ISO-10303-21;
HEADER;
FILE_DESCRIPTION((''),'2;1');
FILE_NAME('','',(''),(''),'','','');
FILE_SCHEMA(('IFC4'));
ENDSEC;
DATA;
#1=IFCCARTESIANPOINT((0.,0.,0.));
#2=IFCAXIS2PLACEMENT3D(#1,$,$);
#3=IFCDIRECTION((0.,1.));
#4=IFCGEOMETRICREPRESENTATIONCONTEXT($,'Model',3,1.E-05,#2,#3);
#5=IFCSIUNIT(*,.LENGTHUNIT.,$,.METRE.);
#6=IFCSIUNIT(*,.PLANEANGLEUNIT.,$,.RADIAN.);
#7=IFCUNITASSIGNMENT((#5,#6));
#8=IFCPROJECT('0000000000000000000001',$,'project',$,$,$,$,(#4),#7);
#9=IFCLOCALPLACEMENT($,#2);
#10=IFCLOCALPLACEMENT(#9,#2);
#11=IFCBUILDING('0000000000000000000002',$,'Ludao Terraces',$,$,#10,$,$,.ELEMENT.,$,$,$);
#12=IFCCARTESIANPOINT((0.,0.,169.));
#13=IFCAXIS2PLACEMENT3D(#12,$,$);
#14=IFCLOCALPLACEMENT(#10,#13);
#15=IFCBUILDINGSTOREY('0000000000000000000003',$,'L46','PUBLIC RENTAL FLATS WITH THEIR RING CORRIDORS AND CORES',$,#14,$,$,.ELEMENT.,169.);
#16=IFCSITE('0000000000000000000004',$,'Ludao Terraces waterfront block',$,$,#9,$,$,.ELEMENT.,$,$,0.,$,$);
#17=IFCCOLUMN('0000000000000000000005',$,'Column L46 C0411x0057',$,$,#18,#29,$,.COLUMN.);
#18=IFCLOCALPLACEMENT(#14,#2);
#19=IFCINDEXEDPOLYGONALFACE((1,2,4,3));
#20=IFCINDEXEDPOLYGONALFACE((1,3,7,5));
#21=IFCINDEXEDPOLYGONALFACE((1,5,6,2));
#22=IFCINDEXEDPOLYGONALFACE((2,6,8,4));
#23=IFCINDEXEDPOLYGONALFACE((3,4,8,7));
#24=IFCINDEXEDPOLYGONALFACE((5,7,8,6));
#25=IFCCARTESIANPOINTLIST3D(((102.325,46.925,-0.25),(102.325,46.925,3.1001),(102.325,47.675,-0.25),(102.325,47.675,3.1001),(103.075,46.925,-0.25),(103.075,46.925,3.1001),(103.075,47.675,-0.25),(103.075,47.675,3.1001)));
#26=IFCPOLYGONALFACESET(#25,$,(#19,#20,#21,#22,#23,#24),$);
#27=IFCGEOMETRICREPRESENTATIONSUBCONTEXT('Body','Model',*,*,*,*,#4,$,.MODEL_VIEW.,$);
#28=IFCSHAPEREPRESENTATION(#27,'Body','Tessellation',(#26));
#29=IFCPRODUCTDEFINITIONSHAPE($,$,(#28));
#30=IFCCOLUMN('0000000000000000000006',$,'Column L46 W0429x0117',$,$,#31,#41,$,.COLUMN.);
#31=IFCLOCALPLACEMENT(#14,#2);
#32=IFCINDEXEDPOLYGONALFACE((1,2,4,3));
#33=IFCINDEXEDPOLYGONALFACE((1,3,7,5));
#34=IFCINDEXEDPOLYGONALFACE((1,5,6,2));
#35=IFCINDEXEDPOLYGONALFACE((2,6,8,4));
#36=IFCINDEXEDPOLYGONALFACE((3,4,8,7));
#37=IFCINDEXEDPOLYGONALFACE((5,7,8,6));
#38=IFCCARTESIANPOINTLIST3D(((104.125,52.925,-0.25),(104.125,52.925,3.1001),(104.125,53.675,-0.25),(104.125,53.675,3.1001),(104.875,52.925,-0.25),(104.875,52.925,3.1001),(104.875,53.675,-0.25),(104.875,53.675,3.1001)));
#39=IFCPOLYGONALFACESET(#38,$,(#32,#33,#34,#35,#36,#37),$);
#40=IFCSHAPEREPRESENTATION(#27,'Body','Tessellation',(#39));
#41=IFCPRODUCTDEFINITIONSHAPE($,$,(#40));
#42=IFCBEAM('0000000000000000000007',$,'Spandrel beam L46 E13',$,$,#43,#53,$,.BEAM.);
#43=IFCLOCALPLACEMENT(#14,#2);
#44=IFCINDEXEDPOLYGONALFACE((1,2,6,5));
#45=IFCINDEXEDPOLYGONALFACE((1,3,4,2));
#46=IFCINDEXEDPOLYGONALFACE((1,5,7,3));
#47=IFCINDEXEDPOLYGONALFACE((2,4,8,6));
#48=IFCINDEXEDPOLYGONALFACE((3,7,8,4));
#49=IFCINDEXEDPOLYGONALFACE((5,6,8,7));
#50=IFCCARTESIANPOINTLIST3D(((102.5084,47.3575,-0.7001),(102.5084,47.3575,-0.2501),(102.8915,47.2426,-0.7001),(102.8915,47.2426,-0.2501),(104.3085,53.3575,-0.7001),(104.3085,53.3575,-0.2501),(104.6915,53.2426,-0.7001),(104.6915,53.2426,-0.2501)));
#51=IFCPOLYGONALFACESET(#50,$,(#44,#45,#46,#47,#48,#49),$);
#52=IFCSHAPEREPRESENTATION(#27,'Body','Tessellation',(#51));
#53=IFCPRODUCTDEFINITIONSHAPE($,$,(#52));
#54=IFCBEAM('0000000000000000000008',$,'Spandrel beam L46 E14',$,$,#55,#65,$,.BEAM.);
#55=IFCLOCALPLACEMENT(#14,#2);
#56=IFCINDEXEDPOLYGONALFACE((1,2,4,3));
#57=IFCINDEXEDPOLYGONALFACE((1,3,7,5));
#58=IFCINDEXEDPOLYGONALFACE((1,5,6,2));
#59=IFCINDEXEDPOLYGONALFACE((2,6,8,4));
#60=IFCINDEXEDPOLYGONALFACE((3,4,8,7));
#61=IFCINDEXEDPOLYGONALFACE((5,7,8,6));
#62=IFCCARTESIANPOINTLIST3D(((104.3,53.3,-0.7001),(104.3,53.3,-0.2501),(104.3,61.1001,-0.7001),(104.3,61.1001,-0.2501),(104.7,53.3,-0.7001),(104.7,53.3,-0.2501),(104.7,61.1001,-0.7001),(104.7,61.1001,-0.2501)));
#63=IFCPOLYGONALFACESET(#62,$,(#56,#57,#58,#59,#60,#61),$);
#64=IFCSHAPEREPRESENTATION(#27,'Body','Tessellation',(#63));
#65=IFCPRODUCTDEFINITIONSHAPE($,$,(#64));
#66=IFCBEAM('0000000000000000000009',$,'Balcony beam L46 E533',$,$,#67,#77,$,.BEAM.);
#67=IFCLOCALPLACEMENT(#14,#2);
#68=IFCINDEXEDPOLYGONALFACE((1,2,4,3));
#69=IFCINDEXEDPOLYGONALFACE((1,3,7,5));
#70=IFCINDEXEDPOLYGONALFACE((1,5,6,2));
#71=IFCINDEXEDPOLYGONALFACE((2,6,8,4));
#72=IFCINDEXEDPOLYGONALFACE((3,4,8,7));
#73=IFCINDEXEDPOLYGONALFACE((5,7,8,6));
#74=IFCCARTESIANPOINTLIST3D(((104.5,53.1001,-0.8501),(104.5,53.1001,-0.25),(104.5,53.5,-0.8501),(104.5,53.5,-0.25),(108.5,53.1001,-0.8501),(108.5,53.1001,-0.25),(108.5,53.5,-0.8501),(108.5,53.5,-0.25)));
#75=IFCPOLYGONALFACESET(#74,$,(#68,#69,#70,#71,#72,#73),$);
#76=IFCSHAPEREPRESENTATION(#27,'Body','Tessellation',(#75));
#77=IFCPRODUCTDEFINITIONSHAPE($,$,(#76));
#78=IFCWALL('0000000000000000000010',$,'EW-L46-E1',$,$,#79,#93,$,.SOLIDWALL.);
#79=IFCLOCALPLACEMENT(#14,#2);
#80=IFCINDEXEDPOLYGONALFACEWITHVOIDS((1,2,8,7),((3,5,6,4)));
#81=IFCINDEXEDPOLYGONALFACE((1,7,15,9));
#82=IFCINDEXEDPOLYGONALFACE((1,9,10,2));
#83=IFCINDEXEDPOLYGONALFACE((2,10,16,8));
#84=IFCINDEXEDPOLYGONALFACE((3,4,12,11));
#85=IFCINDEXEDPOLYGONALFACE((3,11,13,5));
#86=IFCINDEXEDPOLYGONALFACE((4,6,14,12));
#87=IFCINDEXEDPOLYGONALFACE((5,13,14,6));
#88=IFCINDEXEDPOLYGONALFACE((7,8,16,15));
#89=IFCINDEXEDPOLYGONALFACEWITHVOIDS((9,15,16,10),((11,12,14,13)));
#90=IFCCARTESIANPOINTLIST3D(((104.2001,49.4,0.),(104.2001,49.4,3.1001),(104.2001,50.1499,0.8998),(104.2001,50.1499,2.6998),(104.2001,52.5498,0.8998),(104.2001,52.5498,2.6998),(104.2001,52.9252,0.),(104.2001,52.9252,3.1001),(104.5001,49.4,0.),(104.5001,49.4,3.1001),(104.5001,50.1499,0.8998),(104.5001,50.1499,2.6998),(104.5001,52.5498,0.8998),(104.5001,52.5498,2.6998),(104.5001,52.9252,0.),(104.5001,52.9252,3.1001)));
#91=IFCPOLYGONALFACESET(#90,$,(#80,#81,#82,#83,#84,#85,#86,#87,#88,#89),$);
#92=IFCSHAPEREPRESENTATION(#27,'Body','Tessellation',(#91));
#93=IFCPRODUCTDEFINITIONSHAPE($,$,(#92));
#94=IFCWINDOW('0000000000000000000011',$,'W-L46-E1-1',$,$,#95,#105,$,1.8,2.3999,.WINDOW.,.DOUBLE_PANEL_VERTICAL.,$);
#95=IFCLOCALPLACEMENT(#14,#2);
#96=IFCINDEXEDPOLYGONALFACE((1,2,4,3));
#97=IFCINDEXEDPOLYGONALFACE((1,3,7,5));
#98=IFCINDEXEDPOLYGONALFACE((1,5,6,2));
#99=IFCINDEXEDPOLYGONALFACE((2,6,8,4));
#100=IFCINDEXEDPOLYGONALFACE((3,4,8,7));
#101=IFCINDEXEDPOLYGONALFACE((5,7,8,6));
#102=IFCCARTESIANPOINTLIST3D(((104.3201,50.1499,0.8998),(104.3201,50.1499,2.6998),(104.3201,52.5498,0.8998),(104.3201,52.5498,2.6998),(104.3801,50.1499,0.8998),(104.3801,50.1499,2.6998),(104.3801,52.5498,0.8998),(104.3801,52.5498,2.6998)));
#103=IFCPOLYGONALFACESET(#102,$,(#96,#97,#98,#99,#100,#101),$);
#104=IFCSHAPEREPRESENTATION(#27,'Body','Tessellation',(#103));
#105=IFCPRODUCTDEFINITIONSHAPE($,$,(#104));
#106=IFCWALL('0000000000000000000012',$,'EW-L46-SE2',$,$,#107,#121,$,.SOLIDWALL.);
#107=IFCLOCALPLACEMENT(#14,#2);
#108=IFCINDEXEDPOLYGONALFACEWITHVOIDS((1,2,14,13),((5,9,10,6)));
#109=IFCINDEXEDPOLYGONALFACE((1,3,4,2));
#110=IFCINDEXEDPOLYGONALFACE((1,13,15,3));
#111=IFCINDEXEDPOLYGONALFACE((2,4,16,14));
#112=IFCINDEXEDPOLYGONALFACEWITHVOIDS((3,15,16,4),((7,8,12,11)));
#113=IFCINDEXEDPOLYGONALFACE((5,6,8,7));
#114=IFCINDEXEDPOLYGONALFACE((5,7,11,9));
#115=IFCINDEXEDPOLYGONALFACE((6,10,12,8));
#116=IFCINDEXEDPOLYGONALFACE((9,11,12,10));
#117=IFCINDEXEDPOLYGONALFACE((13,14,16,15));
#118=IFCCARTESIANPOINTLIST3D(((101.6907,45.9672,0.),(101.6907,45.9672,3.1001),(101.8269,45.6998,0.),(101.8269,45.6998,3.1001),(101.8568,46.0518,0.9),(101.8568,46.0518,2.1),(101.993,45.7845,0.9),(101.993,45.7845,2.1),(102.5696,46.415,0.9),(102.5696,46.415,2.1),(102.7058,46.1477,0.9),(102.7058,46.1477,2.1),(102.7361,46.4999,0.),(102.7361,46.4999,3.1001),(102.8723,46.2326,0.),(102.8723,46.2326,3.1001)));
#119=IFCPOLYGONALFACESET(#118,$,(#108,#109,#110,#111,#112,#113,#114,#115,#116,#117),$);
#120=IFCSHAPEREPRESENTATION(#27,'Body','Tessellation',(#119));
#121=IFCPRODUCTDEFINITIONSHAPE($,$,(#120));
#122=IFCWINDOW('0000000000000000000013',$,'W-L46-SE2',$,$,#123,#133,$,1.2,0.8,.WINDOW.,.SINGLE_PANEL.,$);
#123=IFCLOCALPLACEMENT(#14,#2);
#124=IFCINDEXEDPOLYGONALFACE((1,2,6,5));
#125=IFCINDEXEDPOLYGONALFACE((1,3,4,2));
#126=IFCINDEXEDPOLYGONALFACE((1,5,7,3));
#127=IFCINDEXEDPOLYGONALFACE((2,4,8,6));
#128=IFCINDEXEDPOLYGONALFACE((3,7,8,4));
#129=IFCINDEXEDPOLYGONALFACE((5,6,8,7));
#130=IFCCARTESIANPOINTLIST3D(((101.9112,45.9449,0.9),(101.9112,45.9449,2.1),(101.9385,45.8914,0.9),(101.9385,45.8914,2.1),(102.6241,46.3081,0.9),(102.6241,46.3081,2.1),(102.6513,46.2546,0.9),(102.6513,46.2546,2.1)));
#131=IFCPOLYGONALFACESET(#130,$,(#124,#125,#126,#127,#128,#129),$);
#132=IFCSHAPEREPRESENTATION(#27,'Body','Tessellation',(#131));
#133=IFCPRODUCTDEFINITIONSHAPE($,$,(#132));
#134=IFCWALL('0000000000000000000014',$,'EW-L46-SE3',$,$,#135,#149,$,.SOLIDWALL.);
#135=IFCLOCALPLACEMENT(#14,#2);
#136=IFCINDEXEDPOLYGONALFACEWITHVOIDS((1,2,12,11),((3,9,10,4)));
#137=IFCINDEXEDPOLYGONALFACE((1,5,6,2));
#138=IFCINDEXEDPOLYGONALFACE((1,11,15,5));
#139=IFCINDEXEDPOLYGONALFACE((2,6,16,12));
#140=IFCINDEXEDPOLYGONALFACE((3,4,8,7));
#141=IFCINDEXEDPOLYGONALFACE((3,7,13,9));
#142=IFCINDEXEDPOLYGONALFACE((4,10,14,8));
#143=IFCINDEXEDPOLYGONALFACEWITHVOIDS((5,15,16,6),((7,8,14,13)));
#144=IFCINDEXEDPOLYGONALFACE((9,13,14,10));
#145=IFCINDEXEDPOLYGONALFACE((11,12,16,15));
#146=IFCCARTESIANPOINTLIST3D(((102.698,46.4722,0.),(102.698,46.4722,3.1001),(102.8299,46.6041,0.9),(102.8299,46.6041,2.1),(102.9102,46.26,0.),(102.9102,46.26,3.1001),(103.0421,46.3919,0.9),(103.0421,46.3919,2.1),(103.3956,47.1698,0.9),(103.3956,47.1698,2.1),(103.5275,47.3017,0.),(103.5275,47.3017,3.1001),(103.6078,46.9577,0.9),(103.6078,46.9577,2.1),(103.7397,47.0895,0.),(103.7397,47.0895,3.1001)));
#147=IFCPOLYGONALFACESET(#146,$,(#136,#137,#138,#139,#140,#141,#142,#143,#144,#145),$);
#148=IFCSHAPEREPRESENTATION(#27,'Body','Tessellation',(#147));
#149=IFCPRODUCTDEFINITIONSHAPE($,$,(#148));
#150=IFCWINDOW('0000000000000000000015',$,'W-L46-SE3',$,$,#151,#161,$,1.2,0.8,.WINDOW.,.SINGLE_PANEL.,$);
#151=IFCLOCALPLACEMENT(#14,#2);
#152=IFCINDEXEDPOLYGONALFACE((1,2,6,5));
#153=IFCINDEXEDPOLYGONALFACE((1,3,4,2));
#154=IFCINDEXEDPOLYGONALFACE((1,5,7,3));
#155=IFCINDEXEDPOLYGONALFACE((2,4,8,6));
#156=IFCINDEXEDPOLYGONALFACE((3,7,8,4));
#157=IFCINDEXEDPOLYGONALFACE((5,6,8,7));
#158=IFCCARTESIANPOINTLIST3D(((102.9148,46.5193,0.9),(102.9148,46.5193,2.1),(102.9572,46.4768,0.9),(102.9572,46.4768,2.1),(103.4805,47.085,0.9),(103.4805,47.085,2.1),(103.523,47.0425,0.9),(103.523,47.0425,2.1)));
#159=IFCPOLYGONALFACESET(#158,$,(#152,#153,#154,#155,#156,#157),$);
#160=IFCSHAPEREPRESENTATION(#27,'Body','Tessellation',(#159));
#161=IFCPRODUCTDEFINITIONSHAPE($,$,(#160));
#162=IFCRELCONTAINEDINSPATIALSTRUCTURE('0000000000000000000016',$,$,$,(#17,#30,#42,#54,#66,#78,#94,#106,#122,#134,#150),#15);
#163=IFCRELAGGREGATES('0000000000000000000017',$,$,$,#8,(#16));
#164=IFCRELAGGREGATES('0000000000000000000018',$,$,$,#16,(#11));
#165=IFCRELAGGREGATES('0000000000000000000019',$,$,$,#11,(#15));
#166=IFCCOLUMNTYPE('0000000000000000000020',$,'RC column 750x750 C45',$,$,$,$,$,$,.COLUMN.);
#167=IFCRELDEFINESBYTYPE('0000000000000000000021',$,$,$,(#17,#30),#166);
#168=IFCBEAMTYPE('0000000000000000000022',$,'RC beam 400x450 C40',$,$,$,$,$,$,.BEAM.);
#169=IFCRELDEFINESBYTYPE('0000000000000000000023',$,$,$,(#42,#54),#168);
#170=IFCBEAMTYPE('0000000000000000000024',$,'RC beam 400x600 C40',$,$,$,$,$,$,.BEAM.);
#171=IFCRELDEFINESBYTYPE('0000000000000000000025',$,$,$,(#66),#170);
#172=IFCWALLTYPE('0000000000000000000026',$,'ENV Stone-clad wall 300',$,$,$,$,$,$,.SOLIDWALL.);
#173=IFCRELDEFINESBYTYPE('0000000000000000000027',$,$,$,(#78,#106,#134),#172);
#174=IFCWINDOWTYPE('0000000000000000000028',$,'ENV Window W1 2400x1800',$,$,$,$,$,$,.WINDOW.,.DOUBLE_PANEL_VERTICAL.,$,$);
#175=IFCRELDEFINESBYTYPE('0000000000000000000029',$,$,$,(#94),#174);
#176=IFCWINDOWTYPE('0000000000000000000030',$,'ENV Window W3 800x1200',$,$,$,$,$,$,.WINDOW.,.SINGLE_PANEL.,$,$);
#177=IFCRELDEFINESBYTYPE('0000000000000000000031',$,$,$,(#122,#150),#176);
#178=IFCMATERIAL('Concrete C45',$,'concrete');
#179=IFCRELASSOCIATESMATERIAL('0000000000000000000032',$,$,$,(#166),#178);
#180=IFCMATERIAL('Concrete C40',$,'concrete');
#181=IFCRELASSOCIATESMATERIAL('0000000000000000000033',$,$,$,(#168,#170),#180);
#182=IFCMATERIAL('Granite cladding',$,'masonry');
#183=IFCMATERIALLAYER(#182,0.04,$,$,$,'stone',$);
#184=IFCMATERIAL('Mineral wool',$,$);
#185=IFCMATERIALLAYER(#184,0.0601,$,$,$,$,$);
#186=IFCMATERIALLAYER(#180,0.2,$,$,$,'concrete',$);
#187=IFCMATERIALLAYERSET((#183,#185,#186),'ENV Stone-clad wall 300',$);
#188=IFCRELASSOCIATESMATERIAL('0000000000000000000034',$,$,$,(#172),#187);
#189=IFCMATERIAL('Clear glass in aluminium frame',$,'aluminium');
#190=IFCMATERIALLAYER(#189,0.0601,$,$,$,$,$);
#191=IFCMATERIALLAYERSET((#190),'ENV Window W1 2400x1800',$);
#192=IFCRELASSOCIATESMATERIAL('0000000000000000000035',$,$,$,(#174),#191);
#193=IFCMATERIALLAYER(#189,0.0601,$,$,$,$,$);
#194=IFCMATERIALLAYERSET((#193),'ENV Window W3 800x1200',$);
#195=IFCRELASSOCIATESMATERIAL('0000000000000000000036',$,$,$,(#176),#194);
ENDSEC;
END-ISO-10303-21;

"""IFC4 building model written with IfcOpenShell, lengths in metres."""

from ifc_helpers import new_model, si_unit, direction, frame, frame_2d, origin, origin_2d, place, context, subcontext, project, spatial, rectangle, extrude, material, layer, layer_set, material_profile, profile_set, type_object, element, fill, save


model = new_model("IFC4")

# Units and contexts
model_context = context("Model", 3, precision=1e-05, world=origin(), true_north=direction((0.0, 1.0)))
body_context = subcontext(model_context, "Body", "Model", "MODEL_VIEW")
ifc_project = project(units=[si_unit("LENGTHUNIT", "METRE"), si_unit("PLANEANGLEUNIT", "RADIAN")], contexts=[model_context])

# Site, building, storey
site_placement = place(None, origin())
site = spatial("IfcSite", under=ifc_project, at=site_placement, Name="Ludao Terraces waterfront block", CompositionType="ELEMENT", RefElevation=0.0)
building_placement = place(site_placement, origin())
building = spatial("IfcBuilding", under=site, at=building_placement, Name="Ludao Terraces", CompositionType="ELEMENT")
storey_placement = place(building_placement, frame((0.0, 0.0, 169.0)))
storey = spatial("IfcBuildingStorey", under=building, at=storey_placement, Name="L46", Description="PUBLIC RENTAL FLATS WITH THEIR RING CORRIDORS AND CORES", CompositionType="ELEMENT", Elevation=169.0)

# Columns
ifc_material_1 = material(Name="Concrete C45", Category="concrete")
ifc_material_profile_1 = material_profile(ifc_material_1, rectangle(XDim=0.75, YDim=0.75, at=origin_2d()), Name="750 X 750")
ifc_profile_set_1 = profile_set([ifc_material_profile_1], Name="Concrete C45")
column_type = type_object("IfcColumnType", Name="RC column 750x750 C45", PredefinedType="COLUMN", material=ifc_profile_set_1)
for number, where, z_axis, x_axis, name in (
    (1, (102.7, 47.3, -0.25), (0.0, 0.0, 1.0), (1.0, 0.0, 0.0), "Column L46 C0411x0057"),
    (2, (104.5, 53.3, -0.25), (0.0, 0.0, 1.0), (1.0, 0.0, 0.0), "Column L46 W0429x0117"),
):
    element("IfcColumn", number, at=place(storey_placement, frame(where, z_axis=z_axis, x_axis=x_axis)), inside=storey, type_object=column_type, Name=name, PredefinedType="COLUMN", context=body_context, shape_type="SweptSolid", body=[
        extrude(rectangle(XDim=0.75, YDim=0.75, at=origin_2d()), origin(), (0.0, 0.0, 1.0), 3.3501),
    ])

# Beams
ifc_material_2 = material(Name="Concrete C40", Category="concrete")
ifc_material_profile_2 = material_profile(ifc_material_2, rectangle(XDim=0.3999, YDim=0.45, at=origin_2d()), Name="400 X 450")
ifc_profile_set_2 = profile_set([ifc_material_profile_2], Name="Concrete C40")
beam_type_1 = type_object("IfcBeamType", Name="RC beam 400x450 C40", PredefinedType="BEAM", material=ifc_profile_set_2)
beam_1_placement = place(storey_placement, frame((102.7, 47.3, -0.4751), z_axis=(0.287355, 0.957824, 0.0), x_axis=(-0.957824, 0.287355, 0.0)))
element("IfcBeam", 3, at=beam_1_placement, inside=storey, type_object=beam_type_1, Name="Spandrel beam L46 E13", PredefinedType="BEAM", context=body_context, shape_type="SweptSolid", body=[
    extrude(rectangle(XDim=0.3999, YDim=0.45, at=origin_2d()), origin(), (0.0, 0.0, 1.0), 6.2642),
])
beam_2_placement = place(storey_placement, frame((104.5, 53.3, -0.4751), z_axis=(0.0, 1.0, 0.0), x_axis=(-1.0, 0.0, 0.0)))
element("IfcBeam", 4, at=beam_2_placement, inside=storey, type_object=beam_type_1, Name="Spandrel beam L46 E14", PredefinedType="BEAM", context=body_context, shape_type="SweptSolid", body=[
    extrude(rectangle(XDim=0.3999, YDim=0.45, at=origin_2d()), origin(), (0.0, 0.0, 1.0), 7.8),
])
ifc_material_profile_3 = material_profile(ifc_material_2, rectangle(XDim=0.3999, YDim=0.6001, at=origin_2d()), Name="400 X 600")
ifc_profile_set_3 = profile_set([ifc_material_profile_3], Name="Concrete C40")
beam_type_2 = type_object("IfcBeamType", Name="RC beam 400x600 C40", PredefinedType="BEAM", material=ifc_profile_set_3)
beam_3_placement = place(storey_placement, frame((104.5, 53.3, -0.55), z_axis=(1.0, 0.0, 0.0), x_axis=(0.0, 1.0, 0.0)))
element("IfcBeam", 5, at=beam_3_placement, inside=storey, type_object=beam_type_2, Name="Balcony beam L46 E533", PredefinedType="BEAM", context=body_context, shape_type="SweptSolid", body=[
    extrude(rectangle(XDim=0.3999, YDim=0.6001, at=origin_2d()), origin(), (0.0, 0.0, 1.0), 4.0),
])

# Walls, openings, windows
ifc_material_3 = material(Name="Granite cladding", Category="masonry")
ifc_layer_1 = layer(ifc_material_3, 0.04, Category="stone")
ifc_material_4 = material(Name="Mineral wool")
ifc_layer_2 = layer(ifc_material_4, 0.0601)
ifc_layer_3 = layer(ifc_material_2, 0.2, Category="concrete")
ifc_layer_set_1 = layer_set([ifc_layer_1, ifc_layer_2, ifc_layer_3], Name="ENV Stone-clad wall 300")
wall_type = type_object("IfcWallType", Name="ENV Stone-clad wall 300", PredefinedType="SOLIDWALL", material=ifc_layer_set_1)
wall_1_placement = place(storey_placement, frame((104.3501, 49.3999, 0.0), z_axis=(0.0, 0.0, 1.0), x_axis=(0.0, 1.0, 0.0)))
wall_1 = element("IfcWall", 6, at=wall_1_placement, inside=storey, type_object=wall_type, Name="EW-L46-E1", PredefinedType="SOLIDWALL", context=body_context, shape_type="SweptSolid", body=[
    extrude(rectangle(XDim=3.5251, YDim=0.3, at=frame_2d((1.7627, 0.0))), origin(), (0.0, 0.0, 1.0), 3.1001),
])
opening_1_placement = place(wall_1_placement, frame((0.75, 0.0, 0.8999)))
opening_1 = element("IfcOpeningElement", 7, at=opening_1_placement, cuts=wall_1, PredefinedType="OPENING", context=body_context, shape_type="SweptSolid", body=[
    extrude(rectangle(XDim=2.3999, YDim=1.8, at=frame_2d((1.2, 0.8999))), frame((0.0, 0.1602, 0.0), z_axis=(0.0, -1.0, 0.0), x_axis=(1.0, 0.0, 0.0)), (0.0, 0.0, 1.0), 0.3201),
])
ifc_material_5 = material(Name="Clear glass in aluminium frame", Category="aluminium")
ifc_layer_4 = layer(ifc_material_5, 0.0601)
ifc_layer_set_2 = layer_set([ifc_layer_4], Name="ENV Window W1 2400x1800")
window_type_1 = type_object("IfcWindowType", Name="ENV Window W1 2400x1800", PartitioningType="DOUBLE_PANEL_VERTICAL", PredefinedType="WINDOW", material=ifc_layer_set_2)
window_1_placement = place(opening_1_placement, origin())
window_1 = element("IfcWindow", 8, at=window_1_placement, inside=storey, type_object=window_type_1, Name="W-L46-E1-1", OverallHeight=1.8, OverallWidth=2.3999, PartitioningType="DOUBLE_PANEL_VERTICAL", PredefinedType="WINDOW", context=body_context, shape_type="SweptSolid", body=[
    extrude(rectangle(XDim=2.3999, YDim=1.8, at=frame_2d((1.2, 0.8999))), frame((0.0, 0.03, 0.0), z_axis=(0.0, -1.0, 0.0), x_axis=(1.0, 0.0, 0.0)), (0.0, 0.0, 1.0), 0.0601),
])
fill(opening_1, window_1)
wall_2_placement = place(storey_placement, frame((101.7588, 45.8335, 0.0), z_axis=(0.0, 0.0, 1.0), x_axis=(0.890989, 0.454026, 0.0)))
wall_2 = element("IfcWall", 9, at=wall_2_placement, inside=storey, type_object=wall_type, Name="EW-L46-SE2", PredefinedType="SOLIDWALL", context=body_context, shape_type="SweptSolid", body=[
    extrude(rectangle(XDim=1.1733, YDim=0.3, at=frame_2d((0.5867, 0.0))), origin(), (0.0, 0.0, 1.0), 3.1001),
])
opening_2_placement = place(wall_2_placement, frame((0.1865, 0.0, 0.8999)))
opening_2 = element("IfcOpeningElement", 10, at=opening_2_placement, cuts=wall_2, PredefinedType="OPENING", context=body_context, shape_type="SweptSolid", body=[
    extrude(rectangle(XDim=0.8, YDim=1.2, at=frame_2d((0.3999, 0.6001))), frame((0.0, 0.1602, 0.0), z_axis=(0.0, -1.0, 0.0), x_axis=(1.0, 0.0, 0.0)), (0.0, 0.0, 1.0), 0.3201),
])
ifc_layer_5 = layer(ifc_material_5, 0.0601)
ifc_layer_set_3 = layer_set([ifc_layer_5], Name="ENV Window W3 800x1200")
window_type_2 = type_object("IfcWindowType", Name="ENV Window W3 800x1200", PartitioningType="SINGLE_PANEL", PredefinedType="WINDOW", material=ifc_layer_set_3)
window_2_placement = place(opening_2_placement, origin())
window_2 = element("IfcWindow", 11, at=window_2_placement, inside=storey, type_object=window_type_2, Name="W-L46-SE2", OverallHeight=1.2, OverallWidth=0.8, PartitioningType="SINGLE_PANEL", PredefinedType="WINDOW", context=body_context, shape_type="SweptSolid", body=[
    extrude(rectangle(XDim=0.8, YDim=1.2, at=frame_2d((0.3999, 0.6001))), frame((0.0, 0.03, 0.0), z_axis=(0.0, -1.0, 0.0), x_axis=(1.0, 0.0, 0.0)), (0.0, 0.0, 1.0), 0.0601),
])
fill(opening_2, window_2)
wall_3_placement = place(storey_placement, frame((102.8042, 46.3662, 0.0), z_axis=(0.0, 0.0, 1.0), x_axis=(0.707107, 0.707107, 0.0)))
wall_3 = element("IfcWall", 12, at=wall_3_placement, inside=storey, type_object=wall_type, Name="EW-L46-SE3", PredefinedType="SOLIDWALL", context=body_context, shape_type="SweptSolid", body=[
    extrude(rectangle(XDim=1.1731, YDim=0.3, at=frame_2d((0.5864, 0.0))), origin(), (0.0, 0.0, 1.0), 3.1001),
])
opening_3_placement = place(wall_3_placement, frame((0.1865, 0.0, 0.8999)))
opening_3 = element("IfcOpeningElement", 13, at=opening_3_placement, cuts=wall_3, PredefinedType="OPENING", context=body_context, shape_type="SweptSolid", body=[
    extrude(rectangle(XDim=0.8, YDim=1.2, at=frame_2d((0.3999, 0.6001))), frame((0.0, 0.1602, 0.0), z_axis=(0.0, -1.0, 0.0), x_axis=(1.0, 0.0, 0.0)), (0.0, 0.0, 1.0), 0.3201),
])
window_3_placement = place(opening_3_placement, origin())
window_3 = element("IfcWindow", 14, at=window_3_placement, inside=storey, type_object=window_type_2, Name="W-L46-SE3", OverallHeight=1.2, OverallWidth=0.8, PartitioningType="SINGLE_PANEL", PredefinedType="WINDOW", context=body_context, shape_type="SweptSolid", body=[
    extrude(rectangle(XDim=0.8, YDim=1.2, at=frame_2d((0.3999, 0.6001))), frame((0.0, 0.03, 0.0), z_axis=(0.0, -1.0, 0.0), x_axis=(1.0, 0.0, 0.0)), (0.0, 0.0, 1.0), 0.0601),
])
fill(opening_3, window_3)

save(model, "model.ifc")
